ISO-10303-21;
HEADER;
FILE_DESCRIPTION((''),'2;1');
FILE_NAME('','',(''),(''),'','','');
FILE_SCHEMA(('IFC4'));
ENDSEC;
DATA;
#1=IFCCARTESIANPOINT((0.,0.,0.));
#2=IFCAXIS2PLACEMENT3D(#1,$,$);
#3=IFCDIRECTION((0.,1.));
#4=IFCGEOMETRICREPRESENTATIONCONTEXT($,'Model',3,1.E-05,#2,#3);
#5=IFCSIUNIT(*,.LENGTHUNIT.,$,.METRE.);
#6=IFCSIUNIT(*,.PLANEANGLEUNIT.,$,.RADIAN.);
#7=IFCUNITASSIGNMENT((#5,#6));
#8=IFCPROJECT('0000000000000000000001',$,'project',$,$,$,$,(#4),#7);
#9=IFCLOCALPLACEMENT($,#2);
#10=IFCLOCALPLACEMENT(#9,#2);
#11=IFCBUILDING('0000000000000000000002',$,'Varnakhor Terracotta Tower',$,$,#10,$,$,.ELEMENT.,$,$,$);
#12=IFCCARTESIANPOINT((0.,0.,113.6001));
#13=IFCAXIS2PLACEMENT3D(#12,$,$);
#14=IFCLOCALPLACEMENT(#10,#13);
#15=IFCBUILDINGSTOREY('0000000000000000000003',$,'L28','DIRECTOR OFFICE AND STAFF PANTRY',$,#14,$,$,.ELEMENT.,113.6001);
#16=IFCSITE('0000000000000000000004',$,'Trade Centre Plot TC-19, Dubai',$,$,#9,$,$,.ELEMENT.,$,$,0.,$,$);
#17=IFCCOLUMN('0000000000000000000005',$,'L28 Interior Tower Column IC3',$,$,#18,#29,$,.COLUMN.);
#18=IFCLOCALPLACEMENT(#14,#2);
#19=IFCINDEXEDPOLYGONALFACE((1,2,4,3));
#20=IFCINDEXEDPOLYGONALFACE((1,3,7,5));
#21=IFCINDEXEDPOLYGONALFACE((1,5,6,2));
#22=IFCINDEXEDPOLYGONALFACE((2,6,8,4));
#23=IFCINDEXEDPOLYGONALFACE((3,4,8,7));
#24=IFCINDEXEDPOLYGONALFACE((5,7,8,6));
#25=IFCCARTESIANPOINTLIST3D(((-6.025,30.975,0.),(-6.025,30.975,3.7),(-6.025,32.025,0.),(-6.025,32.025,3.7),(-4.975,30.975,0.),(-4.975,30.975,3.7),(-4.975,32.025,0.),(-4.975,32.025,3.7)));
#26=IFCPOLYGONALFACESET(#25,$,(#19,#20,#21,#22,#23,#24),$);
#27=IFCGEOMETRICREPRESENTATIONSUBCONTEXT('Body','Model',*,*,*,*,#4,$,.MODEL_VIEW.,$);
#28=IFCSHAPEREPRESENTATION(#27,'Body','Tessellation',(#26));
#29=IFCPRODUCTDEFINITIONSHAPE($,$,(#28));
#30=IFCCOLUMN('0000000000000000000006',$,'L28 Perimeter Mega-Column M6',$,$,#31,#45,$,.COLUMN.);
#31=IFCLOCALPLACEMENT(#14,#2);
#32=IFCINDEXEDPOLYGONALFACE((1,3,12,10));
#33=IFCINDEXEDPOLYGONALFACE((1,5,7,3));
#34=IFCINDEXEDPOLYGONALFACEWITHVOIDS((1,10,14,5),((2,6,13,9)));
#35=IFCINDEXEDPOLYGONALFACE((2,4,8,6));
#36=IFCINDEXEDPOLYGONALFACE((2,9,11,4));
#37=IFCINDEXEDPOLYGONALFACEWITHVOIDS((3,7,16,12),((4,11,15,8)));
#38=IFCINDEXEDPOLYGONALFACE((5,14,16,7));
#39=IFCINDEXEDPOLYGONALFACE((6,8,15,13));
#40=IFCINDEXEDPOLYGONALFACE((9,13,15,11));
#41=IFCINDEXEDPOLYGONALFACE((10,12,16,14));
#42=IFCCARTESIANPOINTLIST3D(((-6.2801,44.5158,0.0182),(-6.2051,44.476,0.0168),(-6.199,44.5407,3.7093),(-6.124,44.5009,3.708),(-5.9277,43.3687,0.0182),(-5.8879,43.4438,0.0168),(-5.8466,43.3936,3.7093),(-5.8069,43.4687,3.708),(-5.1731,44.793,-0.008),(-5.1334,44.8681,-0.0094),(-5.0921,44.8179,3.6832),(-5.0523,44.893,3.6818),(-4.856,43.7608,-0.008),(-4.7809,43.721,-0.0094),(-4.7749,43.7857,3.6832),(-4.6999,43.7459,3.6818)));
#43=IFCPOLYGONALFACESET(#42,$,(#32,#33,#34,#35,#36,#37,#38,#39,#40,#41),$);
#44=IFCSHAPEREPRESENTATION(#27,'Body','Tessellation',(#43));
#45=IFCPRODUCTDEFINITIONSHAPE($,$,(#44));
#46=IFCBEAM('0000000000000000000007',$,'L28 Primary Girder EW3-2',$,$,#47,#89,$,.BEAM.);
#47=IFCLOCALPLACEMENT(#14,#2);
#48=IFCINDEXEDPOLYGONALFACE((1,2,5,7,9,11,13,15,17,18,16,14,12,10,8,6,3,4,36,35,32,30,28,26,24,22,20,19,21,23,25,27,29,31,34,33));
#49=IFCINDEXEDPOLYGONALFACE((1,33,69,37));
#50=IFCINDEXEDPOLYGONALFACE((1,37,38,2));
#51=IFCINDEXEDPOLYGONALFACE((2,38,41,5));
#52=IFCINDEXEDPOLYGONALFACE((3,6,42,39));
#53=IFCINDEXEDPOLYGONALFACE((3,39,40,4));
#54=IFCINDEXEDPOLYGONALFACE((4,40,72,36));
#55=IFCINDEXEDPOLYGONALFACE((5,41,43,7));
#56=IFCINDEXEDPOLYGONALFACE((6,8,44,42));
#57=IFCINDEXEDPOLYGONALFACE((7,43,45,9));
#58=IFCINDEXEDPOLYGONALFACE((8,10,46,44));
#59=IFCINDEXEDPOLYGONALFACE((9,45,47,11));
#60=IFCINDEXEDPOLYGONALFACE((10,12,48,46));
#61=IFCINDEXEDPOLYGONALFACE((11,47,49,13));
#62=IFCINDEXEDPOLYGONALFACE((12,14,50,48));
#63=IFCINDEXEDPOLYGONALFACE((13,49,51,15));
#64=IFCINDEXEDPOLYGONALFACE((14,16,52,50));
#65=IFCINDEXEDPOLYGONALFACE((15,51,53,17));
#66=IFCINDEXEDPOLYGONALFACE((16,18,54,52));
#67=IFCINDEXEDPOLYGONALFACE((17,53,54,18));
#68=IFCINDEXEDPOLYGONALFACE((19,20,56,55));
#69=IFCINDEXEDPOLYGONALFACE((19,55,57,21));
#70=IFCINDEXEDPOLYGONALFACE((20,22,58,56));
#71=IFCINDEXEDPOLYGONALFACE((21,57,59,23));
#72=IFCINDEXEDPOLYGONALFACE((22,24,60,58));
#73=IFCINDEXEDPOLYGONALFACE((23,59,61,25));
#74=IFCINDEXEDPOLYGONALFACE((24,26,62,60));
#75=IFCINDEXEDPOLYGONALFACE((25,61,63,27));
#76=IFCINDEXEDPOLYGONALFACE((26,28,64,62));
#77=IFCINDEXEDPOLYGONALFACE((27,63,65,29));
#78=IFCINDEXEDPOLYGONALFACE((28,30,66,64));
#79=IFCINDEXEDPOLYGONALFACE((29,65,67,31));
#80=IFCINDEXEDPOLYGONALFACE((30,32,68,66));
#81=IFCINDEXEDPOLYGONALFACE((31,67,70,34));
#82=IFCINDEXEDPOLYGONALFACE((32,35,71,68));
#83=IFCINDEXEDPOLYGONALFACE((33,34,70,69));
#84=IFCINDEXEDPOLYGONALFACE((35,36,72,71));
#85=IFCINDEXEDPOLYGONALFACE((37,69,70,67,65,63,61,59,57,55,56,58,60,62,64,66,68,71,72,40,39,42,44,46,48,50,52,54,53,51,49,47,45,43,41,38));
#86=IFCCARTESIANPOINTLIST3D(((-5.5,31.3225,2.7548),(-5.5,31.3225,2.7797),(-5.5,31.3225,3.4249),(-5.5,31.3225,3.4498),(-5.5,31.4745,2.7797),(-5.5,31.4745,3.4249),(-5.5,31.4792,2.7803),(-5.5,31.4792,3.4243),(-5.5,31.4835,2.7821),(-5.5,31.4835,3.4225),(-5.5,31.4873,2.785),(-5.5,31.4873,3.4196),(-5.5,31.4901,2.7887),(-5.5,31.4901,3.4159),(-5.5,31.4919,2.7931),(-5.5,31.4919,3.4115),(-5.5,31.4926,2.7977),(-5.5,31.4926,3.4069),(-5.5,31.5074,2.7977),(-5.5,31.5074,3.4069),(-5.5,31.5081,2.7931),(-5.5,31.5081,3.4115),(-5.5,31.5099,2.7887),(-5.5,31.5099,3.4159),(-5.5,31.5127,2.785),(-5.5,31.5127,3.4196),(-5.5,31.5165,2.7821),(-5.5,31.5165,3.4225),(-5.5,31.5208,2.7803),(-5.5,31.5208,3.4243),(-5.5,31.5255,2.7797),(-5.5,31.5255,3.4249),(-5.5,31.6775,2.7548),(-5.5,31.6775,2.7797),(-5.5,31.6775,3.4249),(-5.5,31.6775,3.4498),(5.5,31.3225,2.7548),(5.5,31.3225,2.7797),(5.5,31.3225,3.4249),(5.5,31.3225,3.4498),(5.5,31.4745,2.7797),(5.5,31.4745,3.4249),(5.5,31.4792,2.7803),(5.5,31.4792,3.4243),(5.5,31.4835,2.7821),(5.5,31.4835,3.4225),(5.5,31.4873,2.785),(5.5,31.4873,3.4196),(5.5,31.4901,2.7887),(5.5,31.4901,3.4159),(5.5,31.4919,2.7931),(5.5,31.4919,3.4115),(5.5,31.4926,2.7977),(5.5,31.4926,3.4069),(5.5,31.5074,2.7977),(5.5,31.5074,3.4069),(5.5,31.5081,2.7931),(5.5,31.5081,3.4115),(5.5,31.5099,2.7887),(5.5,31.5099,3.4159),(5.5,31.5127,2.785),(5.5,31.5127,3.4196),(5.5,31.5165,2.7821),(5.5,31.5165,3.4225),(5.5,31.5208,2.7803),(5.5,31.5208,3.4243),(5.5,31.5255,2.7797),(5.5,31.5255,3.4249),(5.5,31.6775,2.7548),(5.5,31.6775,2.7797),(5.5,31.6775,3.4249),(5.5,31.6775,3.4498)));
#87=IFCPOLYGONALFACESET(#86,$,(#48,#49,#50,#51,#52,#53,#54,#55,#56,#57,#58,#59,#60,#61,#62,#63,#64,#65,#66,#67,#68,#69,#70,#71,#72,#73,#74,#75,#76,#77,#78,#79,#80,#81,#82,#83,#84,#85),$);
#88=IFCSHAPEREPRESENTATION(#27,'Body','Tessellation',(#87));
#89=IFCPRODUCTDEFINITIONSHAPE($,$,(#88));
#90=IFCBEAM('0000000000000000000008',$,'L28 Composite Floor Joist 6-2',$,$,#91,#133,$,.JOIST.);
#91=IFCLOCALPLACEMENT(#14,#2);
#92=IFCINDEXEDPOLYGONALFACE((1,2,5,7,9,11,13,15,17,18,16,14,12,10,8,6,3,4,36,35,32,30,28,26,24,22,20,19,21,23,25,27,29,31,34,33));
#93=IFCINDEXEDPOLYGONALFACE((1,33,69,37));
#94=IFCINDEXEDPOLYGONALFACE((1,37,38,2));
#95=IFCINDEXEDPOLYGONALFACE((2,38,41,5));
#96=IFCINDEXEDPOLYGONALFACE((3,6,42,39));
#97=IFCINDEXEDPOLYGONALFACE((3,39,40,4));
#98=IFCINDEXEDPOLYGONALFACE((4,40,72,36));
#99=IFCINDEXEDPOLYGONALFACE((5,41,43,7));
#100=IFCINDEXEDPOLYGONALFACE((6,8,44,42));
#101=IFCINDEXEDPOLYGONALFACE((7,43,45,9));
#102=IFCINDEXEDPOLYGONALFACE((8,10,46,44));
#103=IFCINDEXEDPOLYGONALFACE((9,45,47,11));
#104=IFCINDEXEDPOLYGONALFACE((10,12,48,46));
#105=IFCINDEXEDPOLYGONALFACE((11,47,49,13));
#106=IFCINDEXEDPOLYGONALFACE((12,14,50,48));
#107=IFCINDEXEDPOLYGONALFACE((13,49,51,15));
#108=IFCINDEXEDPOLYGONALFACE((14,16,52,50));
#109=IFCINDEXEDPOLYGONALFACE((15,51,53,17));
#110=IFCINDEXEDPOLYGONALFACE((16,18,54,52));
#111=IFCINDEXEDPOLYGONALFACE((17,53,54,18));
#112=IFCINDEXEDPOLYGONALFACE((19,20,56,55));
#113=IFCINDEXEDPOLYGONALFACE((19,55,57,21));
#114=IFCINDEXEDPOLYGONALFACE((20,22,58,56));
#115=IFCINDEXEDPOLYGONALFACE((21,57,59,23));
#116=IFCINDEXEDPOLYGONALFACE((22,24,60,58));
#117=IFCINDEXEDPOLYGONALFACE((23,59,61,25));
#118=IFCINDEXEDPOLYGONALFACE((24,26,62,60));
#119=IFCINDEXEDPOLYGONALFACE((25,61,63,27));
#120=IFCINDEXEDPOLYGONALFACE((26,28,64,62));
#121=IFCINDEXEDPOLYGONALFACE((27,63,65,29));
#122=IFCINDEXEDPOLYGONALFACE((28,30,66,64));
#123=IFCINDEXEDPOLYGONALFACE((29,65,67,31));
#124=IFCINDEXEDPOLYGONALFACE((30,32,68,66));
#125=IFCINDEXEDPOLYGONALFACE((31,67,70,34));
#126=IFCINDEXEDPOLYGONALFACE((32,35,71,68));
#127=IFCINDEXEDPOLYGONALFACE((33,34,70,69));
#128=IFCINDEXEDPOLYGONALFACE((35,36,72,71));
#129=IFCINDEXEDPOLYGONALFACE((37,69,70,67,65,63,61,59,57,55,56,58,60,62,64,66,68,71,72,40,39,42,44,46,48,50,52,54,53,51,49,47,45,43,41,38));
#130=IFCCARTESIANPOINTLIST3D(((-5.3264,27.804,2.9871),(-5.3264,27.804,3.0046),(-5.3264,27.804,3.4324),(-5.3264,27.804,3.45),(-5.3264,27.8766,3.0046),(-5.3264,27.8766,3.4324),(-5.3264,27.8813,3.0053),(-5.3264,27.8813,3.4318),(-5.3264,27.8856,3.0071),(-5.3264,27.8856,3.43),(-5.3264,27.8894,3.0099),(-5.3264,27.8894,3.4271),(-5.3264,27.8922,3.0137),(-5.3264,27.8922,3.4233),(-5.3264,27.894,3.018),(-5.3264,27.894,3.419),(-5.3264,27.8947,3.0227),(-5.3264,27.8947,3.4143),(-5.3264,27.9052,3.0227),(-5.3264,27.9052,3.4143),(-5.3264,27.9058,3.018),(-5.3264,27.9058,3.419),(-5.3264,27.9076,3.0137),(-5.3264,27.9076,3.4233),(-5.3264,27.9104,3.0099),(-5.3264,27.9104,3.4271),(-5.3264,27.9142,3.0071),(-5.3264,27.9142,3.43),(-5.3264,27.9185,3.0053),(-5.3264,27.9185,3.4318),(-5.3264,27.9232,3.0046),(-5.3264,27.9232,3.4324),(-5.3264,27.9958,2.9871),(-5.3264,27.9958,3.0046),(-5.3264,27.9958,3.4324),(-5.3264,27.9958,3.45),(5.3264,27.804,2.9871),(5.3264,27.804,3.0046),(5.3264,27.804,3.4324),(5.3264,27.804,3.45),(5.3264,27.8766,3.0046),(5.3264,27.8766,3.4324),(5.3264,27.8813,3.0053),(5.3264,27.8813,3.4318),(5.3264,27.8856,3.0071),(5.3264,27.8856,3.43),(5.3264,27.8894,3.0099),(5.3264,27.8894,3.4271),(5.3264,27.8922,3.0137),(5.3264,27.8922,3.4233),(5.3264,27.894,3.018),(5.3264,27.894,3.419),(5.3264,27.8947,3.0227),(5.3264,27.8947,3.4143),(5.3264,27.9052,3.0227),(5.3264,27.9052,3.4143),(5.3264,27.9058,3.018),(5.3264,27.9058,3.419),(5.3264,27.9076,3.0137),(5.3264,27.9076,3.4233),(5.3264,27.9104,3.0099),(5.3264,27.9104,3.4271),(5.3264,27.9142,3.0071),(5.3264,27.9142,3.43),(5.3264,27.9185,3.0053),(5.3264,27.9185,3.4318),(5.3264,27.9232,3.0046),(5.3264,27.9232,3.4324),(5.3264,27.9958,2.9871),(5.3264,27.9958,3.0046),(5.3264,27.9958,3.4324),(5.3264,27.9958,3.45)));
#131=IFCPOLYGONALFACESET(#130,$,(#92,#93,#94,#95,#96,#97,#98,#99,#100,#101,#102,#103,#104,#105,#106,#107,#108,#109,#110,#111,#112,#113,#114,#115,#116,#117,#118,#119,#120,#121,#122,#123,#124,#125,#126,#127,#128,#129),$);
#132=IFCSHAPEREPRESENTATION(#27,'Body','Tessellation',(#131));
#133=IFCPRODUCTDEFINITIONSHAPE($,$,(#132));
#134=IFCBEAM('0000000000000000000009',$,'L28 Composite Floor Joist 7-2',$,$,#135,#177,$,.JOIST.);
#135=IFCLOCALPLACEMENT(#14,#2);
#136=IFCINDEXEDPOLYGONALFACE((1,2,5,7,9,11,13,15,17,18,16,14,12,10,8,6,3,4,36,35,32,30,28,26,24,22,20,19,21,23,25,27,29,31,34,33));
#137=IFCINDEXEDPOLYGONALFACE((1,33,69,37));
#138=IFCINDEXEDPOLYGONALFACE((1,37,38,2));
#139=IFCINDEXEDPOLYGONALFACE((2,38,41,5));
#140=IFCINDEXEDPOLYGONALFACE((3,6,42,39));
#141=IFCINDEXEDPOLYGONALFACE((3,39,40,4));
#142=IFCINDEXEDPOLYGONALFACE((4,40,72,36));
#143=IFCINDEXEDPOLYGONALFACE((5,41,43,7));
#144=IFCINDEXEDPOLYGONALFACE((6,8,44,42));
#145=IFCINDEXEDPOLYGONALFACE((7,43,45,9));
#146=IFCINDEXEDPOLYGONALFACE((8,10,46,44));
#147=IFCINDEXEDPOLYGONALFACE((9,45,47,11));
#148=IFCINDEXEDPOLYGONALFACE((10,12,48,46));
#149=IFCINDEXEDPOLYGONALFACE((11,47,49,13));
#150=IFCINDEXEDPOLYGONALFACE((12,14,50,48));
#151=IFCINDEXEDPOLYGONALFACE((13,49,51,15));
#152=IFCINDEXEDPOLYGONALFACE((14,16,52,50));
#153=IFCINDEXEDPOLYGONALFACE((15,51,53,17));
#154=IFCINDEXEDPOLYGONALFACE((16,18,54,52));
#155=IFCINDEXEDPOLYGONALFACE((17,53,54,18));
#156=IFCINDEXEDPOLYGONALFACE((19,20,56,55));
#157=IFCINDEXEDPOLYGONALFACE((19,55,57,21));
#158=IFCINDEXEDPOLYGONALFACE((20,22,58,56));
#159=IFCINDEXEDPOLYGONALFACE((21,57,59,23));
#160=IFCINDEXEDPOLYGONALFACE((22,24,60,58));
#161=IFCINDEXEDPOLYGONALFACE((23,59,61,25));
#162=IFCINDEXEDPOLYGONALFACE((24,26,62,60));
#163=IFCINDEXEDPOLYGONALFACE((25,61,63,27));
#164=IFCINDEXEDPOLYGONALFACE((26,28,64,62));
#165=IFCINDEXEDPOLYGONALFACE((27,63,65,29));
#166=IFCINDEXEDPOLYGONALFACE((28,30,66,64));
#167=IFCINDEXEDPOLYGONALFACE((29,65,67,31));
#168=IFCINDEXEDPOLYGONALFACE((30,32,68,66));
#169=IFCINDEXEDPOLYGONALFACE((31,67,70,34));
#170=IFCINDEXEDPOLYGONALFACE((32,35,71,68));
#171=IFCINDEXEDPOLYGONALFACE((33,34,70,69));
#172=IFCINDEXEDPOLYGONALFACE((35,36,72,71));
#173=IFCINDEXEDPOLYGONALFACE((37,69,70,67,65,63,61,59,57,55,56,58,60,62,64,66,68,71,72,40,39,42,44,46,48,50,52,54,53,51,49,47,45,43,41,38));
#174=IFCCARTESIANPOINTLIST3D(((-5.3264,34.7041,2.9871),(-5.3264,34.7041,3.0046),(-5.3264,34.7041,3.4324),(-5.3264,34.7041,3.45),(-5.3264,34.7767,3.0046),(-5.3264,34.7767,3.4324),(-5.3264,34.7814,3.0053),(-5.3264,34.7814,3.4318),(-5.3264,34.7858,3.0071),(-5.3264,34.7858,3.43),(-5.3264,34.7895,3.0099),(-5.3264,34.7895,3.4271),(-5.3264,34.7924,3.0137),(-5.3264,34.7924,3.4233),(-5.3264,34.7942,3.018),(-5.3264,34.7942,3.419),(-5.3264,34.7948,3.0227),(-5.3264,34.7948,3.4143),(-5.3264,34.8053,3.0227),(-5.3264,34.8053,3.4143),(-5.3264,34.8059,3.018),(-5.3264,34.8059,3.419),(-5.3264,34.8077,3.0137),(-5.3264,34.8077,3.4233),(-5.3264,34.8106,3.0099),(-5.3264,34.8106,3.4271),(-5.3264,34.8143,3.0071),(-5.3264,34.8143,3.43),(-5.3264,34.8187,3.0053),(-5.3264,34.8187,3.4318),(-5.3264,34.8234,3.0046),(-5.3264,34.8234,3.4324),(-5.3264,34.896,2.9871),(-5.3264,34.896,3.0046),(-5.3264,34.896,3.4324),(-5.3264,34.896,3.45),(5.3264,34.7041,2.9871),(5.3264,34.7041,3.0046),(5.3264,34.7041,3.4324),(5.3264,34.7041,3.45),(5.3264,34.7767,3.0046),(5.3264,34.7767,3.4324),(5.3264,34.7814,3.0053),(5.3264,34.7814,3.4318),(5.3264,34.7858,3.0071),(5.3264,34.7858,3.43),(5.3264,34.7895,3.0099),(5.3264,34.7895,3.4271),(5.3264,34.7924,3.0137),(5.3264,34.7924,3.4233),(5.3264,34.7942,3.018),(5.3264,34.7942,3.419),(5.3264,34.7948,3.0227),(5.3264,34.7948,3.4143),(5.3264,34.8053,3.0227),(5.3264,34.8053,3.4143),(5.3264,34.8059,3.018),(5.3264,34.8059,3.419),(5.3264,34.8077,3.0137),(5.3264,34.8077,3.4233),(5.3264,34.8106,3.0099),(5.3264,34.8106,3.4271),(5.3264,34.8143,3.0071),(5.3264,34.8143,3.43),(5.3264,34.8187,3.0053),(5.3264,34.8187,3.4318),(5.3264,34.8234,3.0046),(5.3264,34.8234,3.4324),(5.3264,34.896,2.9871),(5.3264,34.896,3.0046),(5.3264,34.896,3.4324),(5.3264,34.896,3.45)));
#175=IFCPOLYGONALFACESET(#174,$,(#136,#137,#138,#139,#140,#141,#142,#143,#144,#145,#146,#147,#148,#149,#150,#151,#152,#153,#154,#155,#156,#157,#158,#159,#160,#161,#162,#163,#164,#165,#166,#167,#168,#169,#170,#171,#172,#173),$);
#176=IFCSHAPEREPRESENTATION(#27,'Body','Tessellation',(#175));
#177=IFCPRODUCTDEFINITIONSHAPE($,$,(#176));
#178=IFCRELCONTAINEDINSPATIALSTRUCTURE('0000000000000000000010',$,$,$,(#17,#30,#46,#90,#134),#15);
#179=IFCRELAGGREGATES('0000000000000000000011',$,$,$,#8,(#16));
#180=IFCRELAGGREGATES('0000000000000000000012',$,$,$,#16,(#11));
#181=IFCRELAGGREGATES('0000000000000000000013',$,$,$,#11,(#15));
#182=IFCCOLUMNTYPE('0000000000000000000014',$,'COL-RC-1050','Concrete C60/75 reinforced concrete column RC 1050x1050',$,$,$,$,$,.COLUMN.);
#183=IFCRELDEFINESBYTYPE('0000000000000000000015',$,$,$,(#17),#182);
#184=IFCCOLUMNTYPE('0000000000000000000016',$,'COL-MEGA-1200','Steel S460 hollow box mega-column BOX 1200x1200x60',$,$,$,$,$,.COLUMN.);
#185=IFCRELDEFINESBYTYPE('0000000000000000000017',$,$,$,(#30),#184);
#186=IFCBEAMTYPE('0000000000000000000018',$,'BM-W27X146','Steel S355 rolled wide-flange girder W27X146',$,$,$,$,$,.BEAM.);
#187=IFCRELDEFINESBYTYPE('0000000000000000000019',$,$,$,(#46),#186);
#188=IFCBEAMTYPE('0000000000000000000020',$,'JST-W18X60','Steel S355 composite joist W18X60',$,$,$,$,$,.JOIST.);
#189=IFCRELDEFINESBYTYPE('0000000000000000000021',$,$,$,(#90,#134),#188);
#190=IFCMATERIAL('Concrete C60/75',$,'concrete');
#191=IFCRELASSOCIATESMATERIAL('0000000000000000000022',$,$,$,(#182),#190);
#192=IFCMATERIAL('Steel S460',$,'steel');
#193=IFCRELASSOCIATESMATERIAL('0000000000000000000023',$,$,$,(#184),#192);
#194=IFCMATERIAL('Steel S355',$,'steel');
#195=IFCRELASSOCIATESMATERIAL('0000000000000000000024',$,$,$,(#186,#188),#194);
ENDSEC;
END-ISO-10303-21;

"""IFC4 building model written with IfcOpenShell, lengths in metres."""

from ifc_helpers import new_model, si_unit, direction, frame, origin, origin_2d, place, context, subcontext, project, spatial, rectangle, hollow_rectangle, i_section, extrude, source, transform, mapped, material, material_profile, profile_set, type_object, element, save


model = new_model("IFC4")

# Units and contexts
model_context = context("Model", 3, precision=1e-05, world=origin(), true_north=direction((0.0, 1.0)))
body_context = subcontext(model_context, "Body", "Model", "MODEL_VIEW")
ifc_project = project(units=[si_unit("LENGTHUNIT", "METRE"), si_unit("PLANEANGLEUNIT", "RADIAN")], contexts=[model_context])

# Site, building, storey
site_placement = place(None, origin())
site = spatial("IfcSite", under=ifc_project, at=site_placement, Name="Trade Centre Plot TC-19, Dubai", CompositionType="ELEMENT", RefElevation=0.0)
building_placement = place(site_placement, origin())
building = spatial("IfcBuilding", under=site, at=building_placement, Name="Varnakhor Terracotta Tower", CompositionType="ELEMENT")
storey_placement = place(building_placement, frame((0.0, 0.0, 113.6001)))
storey = spatial("IfcBuildingStorey", under=building, at=storey_placement, Name="L28", Description="DIRECTOR OFFICE AND STAFF PANTRY", CompositionType="ELEMENT", Elevation=113.6001)

# Columns
ifc_material_1 = material(Name="Concrete C60/75", Category="concrete")
ifc_material_profile_1 = material_profile(ifc_material_1, rectangle(XDim=1.05, YDim=1.05, at=origin_2d()), Name="RC 1050x1050")
ifc_profile_set_1 = profile_set([ifc_material_profile_1], Name="Concrete C60/75")
column_type_1 = type_object("IfcColumnType", Name="COL-RC-1050", Description="Concrete C60/75 reinforced concrete column RC 1050x1050", PredefinedType="COLUMN", material=ifc_profile_set_1)
shared_shape_1 = source(origin(), body_context, "Body", "SweptSolid", [
    extrude(rectangle(XDim=1.05, YDim=1.05, at=origin_2d()), origin(), (0.0, 0.0, 1.0), 3.7),
])
column_1_placement = place(storey_placement, frame((-5.5, 31.5, 0.0), z_axis=(0.0, 0.0, 1.0), x_axis=(1.0, 0.0, 0.0)))
element("IfcColumn", 1, at=column_1_placement, inside=storey, type_object=column_type_1, Name="L28 Interior Tower Column IC3", PredefinedType="COLUMN", context=body_context, shape_type="MappedRepresentation", body=[
    mapped(shared_shape_1, transform((0.0, 0.0, 0.0), scale=1.0)),
])
ifc_material_2 = material(Name="Steel S460", Category="steel")
ifc_material_profile_2 = material_profile(ifc_material_2, hollow_rectangle(XDim=1.2, YDim=1.2, WallThickness=0.0601, at=origin_2d()), Name="BOX 1200x1200x60")
ifc_profile_set_2 = profile_set([ifc_material_profile_2], Name="Steel S460")
column_type_2 = type_object("IfcColumnType", Name="COL-MEGA-1200", Description="Steel S460 hollow box mega-column BOX 1200x1200x60", PredefinedType="COLUMN", material=ifc_profile_set_2)
shared_shape_2 = source(origin(), body_context, "Body", "SweptSolid", [
    extrude(hollow_rectangle(XDim=1.2, YDim=1.2, WallThickness=0.0601, at=origin_2d()), origin(), (0.0, 0.0, 1.0), 3.6921),
])
column_2_placement = place(storey_placement, frame((-5.5305, 44.1184, 0.0044), z_axis=(0.021953, 0.006745, 0.999736), x_axis=(-0.293681, 0.955903, 0.0)))
element("IfcColumn", 2, at=column_2_placement, inside=storey, type_object=column_type_2, Name="L28 Perimeter Mega-Column M6", PredefinedType="COLUMN", context=body_context, shape_type="MappedRepresentation", body=[
    mapped(shared_shape_2, transform((0.0, 0.0, 0.0), scale=1.0)),
])

# Beams
ifc_material_3 = material(Name="Steel S355", Category="steel")
ifc_material_profile_3 = material_profile(ifc_material_3, i_section(OverallWidth=0.355, OverallDepth=0.6951, WebThickness=0.0149, FlangeThickness=0.0249, FilletRadius=0.0181, at=origin_2d()), Name="W27X146")
ifc_profile_set_3 = profile_set([ifc_material_profile_3], Name="Steel S355")
beam_type_1 = type_object("IfcBeamType", Name="BM-W27X146", Description="Steel S355 rolled wide-flange girder W27X146", PredefinedType="BEAM", material=ifc_profile_set_3)
shared_shape_3 = source(origin(), body_context, "Body", "SweptSolid", [
    extrude(i_section(OverallWidth=0.355, OverallDepth=0.6951, WebThickness=0.0149, FlangeThickness=0.0249, FilletRadius=0.0181, at=origin_2d()), origin(), (0.0, 0.0, 1.0), 11.0),
])
beam_1_placement = place(storey_placement, frame((-5.5, 31.5, 3.1023), z_axis=(1.0, 0.0, 0.0), x_axis=(0.0, 1.0, 0.0)))
element("IfcBeam", 3, at=beam_1_placement, inside=storey, type_object=beam_type_1, Name="L28 Primary Girder EW3-2", PredefinedType="BEAM", context=body_context, shape_type="MappedRepresentation", body=[
    mapped(shared_shape_3, transform((0.0, 0.0, 0.0), scale=1.0)),
])
ifc_material_profile_4 = material_profile(ifc_material_3, i_section(OverallWidth=0.1919, OverallDepth=0.4629, WebThickness=0.0105, FlangeThickness=0.0176, FilletRadius=0.0181, at=origin_2d()), Name="W18X60")
ifc_profile_set_4 = profile_set([ifc_material_profile_4], Name="Steel S355")
beam_type_2 = type_object("IfcBeamType", Name="JST-W18X60", Description="Steel S355 composite joist W18X60", PredefinedType="JOIST", material=ifc_profile_set_4)
shared_shape_4 = source(origin(), body_context, "Body", "SweptSolid", [
    extrude(i_section(OverallWidth=0.1919, OverallDepth=0.4629, WebThickness=0.0105, FlangeThickness=0.0176, FilletRadius=0.0181, at=origin_2d()), origin(), (0.0, 0.0, 1.0), 10.6528),
])
for number, where, z_axis, x_axis, name in (
    (4, (-5.3264, 27.8999, 3.2185), (1.0, 0.0, 0.0), (0.0, 1.0, 0.0), "L28 Composite Floor Joist 6-2"),
    (5, (-5.3264, 34.8, 3.2185), (1.0, 0.0, 0.0), (0.0, 1.0, 0.0), "L28 Composite Floor Joist 7-2"),
):
    element("IfcBeam", number, at=place(storey_placement, frame(where, z_axis=z_axis, x_axis=x_axis)), inside=storey, type_object=beam_type_2, Name=name, PredefinedType="JOIST", context=body_context, shape_type="MappedRepresentation", body=[
        mapped(shared_shape_4, transform((0.0, 0.0, 0.0), scale=1.0)),
    ])

save(model, "model.ifc")
